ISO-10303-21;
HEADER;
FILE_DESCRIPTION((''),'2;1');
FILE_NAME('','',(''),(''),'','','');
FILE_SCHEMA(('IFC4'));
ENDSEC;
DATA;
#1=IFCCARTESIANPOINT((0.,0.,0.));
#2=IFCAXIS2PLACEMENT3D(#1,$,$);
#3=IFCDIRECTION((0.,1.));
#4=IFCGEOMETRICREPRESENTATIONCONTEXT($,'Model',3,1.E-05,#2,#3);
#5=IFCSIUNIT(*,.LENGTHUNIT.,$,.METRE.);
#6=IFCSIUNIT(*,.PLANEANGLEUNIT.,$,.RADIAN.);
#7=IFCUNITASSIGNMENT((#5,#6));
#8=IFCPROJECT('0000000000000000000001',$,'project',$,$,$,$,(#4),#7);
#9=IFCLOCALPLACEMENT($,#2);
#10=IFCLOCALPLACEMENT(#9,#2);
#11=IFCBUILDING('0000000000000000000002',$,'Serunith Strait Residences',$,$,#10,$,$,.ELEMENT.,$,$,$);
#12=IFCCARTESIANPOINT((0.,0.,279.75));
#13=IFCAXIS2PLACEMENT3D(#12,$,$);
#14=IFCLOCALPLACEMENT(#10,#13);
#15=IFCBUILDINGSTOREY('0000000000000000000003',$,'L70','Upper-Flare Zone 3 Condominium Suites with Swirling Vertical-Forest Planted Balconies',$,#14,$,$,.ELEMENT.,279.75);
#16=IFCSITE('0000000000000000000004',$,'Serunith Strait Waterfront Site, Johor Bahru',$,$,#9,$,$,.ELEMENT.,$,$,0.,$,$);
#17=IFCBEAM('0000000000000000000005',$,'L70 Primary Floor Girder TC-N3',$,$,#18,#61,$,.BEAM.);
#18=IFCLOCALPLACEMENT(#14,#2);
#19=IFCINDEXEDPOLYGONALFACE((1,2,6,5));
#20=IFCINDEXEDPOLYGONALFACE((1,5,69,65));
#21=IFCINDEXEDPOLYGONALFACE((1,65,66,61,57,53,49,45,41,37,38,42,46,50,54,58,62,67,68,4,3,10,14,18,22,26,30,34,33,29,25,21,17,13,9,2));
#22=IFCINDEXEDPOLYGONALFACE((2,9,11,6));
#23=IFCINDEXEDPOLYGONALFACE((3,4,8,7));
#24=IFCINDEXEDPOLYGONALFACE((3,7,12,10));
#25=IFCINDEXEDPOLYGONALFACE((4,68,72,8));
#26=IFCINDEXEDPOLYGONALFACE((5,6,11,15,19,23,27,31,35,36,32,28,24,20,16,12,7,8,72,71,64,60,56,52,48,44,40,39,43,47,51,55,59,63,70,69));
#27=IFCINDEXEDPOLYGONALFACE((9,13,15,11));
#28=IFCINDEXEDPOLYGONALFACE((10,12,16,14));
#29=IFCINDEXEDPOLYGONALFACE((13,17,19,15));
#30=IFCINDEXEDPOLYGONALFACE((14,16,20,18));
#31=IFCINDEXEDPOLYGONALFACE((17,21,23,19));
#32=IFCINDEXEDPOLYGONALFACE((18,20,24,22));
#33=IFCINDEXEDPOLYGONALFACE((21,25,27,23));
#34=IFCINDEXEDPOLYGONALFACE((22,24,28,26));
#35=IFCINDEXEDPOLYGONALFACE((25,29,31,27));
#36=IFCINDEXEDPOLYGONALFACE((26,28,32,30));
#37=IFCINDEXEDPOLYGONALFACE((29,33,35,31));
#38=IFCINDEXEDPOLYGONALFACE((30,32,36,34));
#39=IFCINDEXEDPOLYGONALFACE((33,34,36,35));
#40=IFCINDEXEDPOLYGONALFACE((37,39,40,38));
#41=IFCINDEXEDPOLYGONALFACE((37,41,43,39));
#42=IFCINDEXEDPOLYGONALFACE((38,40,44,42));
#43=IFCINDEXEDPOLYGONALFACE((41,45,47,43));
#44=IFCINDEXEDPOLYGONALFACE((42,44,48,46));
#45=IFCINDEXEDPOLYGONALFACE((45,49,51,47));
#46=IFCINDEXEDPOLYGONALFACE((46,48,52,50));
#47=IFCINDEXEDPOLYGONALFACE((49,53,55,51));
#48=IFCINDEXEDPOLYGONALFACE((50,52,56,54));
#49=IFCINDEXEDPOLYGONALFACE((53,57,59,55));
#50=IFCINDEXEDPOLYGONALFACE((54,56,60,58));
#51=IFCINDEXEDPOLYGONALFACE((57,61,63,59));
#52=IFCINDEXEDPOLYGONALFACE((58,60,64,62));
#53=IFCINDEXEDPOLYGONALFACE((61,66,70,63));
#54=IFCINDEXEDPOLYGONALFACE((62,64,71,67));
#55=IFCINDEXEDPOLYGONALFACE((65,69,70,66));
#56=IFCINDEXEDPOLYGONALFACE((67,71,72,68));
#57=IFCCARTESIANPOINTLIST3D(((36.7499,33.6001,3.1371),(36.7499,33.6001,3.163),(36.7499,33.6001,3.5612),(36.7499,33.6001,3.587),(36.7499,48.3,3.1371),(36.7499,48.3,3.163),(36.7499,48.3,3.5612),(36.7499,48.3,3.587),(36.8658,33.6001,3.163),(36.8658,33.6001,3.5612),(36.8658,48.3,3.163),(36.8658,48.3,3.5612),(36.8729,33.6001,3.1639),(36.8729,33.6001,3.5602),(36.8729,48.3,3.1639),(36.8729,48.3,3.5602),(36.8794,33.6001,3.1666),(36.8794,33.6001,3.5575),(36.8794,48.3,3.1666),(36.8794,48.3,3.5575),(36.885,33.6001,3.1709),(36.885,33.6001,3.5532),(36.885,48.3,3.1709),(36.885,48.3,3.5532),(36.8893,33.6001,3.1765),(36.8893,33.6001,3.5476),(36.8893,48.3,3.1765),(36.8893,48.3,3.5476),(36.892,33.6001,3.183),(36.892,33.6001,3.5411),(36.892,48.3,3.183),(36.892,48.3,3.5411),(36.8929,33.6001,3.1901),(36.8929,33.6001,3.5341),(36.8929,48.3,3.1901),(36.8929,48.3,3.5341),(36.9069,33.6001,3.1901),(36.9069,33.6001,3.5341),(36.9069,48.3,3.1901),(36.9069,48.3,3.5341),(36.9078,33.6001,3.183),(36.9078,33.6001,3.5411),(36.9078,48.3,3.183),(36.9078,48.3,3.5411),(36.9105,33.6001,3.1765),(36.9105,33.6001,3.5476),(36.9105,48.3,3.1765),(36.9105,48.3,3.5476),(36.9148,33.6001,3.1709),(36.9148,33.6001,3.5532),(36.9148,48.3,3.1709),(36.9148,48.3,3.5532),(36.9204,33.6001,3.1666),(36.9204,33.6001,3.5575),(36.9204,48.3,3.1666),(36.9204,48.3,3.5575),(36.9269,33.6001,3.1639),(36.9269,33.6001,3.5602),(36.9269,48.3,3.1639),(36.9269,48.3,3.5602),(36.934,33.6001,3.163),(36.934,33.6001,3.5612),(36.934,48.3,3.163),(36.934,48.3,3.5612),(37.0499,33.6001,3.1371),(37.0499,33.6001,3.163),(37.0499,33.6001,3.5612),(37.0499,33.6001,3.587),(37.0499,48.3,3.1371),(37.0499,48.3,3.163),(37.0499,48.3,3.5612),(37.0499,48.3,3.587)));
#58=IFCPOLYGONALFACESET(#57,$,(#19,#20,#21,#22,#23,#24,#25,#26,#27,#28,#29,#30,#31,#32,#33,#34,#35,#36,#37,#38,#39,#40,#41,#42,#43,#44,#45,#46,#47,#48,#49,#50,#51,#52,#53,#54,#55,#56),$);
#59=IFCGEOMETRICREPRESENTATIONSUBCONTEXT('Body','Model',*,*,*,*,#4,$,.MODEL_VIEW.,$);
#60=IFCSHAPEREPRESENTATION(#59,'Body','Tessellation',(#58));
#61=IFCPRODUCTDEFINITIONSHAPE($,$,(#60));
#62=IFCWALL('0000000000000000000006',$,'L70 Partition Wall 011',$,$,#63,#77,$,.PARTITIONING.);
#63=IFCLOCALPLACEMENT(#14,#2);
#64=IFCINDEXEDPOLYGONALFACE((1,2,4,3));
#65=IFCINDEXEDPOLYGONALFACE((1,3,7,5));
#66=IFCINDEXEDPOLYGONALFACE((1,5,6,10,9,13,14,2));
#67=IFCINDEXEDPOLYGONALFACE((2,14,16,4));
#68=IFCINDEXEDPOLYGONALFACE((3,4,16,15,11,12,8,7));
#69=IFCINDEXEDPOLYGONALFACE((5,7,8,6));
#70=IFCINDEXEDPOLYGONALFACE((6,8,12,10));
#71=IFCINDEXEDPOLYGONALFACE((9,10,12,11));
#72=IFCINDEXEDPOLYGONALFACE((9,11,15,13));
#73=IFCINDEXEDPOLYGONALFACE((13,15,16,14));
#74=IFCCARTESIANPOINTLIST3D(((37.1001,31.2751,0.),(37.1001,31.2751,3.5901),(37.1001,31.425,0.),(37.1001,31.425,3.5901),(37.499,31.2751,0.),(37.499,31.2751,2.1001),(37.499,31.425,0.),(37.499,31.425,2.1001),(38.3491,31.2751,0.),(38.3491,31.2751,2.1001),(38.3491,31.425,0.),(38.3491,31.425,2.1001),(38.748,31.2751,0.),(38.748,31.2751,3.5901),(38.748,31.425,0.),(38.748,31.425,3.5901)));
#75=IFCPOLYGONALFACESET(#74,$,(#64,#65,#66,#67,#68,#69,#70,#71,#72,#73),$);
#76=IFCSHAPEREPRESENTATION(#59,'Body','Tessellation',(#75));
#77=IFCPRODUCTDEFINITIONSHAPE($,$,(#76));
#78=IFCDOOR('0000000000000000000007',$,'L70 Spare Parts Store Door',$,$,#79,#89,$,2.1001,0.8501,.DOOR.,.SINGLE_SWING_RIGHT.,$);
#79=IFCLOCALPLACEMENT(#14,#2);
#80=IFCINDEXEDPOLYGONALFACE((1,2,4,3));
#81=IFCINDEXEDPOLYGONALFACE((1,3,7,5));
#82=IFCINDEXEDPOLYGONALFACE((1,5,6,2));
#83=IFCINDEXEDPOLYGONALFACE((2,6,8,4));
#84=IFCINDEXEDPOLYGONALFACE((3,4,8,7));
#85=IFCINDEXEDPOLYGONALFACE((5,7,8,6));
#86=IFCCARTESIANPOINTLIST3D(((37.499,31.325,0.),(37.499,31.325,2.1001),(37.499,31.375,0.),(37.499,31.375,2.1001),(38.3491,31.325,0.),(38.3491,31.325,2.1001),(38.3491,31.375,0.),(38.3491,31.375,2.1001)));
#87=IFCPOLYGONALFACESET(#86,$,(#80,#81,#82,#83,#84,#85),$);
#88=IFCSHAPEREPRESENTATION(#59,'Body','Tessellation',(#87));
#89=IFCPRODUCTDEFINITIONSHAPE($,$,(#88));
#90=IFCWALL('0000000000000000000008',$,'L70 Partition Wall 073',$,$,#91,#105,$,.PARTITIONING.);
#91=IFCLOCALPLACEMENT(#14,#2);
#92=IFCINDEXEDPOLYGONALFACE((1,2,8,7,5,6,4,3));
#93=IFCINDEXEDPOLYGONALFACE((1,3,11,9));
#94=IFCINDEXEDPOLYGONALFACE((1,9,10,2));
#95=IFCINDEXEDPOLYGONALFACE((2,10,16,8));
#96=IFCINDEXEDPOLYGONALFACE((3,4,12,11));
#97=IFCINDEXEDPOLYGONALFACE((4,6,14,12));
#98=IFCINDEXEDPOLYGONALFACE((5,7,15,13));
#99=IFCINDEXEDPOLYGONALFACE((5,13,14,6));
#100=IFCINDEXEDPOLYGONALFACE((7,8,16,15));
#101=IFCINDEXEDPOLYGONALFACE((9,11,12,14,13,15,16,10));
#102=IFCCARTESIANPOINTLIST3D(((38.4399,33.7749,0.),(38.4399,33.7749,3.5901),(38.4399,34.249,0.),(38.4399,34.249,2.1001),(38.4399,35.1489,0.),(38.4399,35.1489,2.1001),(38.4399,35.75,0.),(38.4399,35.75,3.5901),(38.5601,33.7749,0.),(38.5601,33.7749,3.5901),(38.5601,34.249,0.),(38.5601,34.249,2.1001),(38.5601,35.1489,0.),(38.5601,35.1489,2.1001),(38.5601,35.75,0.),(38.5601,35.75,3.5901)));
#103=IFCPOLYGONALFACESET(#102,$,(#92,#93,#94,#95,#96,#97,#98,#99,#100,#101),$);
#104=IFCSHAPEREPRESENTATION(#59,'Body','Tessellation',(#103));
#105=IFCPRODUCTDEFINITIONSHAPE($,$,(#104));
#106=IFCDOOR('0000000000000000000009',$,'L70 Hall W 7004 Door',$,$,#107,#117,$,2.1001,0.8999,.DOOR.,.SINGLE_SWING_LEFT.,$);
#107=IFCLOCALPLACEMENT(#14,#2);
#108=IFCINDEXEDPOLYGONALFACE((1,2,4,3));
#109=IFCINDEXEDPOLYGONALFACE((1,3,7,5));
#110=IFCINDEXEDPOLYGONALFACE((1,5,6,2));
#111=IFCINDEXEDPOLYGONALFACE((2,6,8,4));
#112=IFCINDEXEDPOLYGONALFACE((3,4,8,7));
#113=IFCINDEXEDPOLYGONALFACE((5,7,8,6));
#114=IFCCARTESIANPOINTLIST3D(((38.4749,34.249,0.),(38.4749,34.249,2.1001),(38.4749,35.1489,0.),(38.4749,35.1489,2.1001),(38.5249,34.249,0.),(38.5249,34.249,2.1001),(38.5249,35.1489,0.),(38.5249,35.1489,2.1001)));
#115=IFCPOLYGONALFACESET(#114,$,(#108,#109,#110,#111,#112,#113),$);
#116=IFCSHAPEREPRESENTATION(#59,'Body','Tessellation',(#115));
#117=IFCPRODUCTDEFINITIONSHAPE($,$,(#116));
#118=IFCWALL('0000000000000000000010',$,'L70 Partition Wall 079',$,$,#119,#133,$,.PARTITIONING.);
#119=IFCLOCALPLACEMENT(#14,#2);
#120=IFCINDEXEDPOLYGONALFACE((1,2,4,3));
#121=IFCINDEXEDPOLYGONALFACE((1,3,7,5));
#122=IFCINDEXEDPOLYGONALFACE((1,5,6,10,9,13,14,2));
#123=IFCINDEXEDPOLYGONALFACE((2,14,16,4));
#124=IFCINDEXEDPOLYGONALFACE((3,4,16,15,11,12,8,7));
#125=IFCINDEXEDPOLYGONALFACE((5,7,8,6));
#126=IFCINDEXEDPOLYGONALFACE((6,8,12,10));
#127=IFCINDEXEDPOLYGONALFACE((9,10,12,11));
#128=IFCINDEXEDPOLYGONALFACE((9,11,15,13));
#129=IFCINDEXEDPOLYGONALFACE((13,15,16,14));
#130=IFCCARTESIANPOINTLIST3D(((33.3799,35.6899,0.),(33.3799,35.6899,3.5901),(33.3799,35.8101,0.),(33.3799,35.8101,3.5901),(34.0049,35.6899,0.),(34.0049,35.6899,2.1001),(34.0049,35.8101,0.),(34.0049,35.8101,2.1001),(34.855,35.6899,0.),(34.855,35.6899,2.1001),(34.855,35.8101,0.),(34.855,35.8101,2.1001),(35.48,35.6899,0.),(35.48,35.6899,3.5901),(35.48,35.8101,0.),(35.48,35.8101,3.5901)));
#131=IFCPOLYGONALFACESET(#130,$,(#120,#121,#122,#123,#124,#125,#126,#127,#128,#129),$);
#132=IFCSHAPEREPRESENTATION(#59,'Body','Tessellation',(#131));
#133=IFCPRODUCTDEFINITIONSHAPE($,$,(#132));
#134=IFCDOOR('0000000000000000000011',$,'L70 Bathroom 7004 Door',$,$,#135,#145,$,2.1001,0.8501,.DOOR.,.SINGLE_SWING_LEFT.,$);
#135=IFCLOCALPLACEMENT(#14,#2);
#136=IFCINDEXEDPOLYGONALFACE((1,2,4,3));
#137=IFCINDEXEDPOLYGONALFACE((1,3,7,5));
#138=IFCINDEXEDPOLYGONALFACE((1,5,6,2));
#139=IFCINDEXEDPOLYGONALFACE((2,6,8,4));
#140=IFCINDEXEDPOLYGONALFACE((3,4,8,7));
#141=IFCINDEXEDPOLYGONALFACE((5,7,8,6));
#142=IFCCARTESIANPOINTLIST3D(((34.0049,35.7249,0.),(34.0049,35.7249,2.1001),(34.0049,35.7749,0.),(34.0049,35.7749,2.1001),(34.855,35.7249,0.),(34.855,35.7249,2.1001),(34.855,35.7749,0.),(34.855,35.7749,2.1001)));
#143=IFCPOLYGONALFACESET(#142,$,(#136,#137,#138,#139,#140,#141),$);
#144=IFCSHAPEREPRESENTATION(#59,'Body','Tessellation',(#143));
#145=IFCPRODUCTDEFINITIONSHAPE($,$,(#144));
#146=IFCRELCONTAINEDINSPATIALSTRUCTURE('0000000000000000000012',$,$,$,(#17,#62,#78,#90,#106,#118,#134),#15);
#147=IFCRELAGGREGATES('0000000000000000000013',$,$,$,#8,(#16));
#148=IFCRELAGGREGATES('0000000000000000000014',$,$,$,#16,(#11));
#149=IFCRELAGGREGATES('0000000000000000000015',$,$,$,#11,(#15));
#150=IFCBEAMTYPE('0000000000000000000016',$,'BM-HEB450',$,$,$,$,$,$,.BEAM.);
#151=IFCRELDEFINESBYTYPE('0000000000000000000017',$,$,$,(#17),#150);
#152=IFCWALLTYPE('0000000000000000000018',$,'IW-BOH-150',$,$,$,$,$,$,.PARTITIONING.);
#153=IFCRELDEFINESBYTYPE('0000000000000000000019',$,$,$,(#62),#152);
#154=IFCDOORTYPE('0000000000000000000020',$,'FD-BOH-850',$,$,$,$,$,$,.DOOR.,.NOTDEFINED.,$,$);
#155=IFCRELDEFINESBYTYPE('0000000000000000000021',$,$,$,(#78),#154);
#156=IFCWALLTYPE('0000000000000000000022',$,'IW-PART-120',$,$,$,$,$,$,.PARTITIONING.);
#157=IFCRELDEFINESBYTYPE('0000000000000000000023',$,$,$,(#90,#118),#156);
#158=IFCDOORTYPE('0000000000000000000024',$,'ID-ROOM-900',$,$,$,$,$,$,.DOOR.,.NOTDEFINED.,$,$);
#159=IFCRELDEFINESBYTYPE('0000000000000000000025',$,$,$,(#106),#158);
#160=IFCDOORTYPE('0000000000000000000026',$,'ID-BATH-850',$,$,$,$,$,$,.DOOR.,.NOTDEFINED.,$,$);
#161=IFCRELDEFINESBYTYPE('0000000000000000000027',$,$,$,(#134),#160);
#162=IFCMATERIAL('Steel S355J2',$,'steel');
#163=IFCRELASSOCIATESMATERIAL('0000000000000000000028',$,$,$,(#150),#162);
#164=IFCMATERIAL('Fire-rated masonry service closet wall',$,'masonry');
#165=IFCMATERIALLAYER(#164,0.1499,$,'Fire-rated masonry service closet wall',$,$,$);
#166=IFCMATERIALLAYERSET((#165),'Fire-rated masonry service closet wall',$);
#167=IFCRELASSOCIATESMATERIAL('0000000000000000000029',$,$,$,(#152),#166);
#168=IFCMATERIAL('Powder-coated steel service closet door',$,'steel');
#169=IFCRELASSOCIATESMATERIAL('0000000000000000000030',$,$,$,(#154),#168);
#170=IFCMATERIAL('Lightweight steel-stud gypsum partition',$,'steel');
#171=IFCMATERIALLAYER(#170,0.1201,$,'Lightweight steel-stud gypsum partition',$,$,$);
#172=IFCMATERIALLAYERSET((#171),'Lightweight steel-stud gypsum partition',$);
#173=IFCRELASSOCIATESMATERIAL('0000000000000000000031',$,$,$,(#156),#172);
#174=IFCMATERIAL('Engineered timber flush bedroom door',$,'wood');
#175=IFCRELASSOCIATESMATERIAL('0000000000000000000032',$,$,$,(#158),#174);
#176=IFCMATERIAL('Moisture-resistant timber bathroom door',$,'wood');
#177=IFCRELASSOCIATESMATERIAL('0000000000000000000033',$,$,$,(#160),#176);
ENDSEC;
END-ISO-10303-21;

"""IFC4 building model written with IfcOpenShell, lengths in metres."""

from ifc_helpers import new_model, si_unit, direction, frame, frame_2d, origin, origin_2d, place, context, subcontext, project, spatial, rectangle, i_section, extrude, source, transform, mapped, material, layer, layer_set, material_profile, profile_set, type_object, element, fill, save


model = new_model("IFC4")

# Units and contexts
model_context = context("Model", 3, precision=1e-05, world=origin(), true_north=direction((0.0, 1.0)))
body_context = subcontext(model_context, "Body", "Model", "MODEL_VIEW")
ifc_project = project(units=[si_unit("LENGTHUNIT", "METRE"), si_unit("PLANEANGLEUNIT", "RADIAN")], contexts=[model_context])

# Site, building, storey
site_placement = place(None, origin())
site = spatial("IfcSite", under=ifc_project, at=site_placement, Name="Serunith Strait Waterfront Site, Johor Bahru", CompositionType="ELEMENT", RefElevation=0.0)
building_placement = place(site_placement, origin())
building = spatial("IfcBuilding", under=site, at=building_placement, Name="Serunith Strait Residences", CompositionType="ELEMENT")
storey_placement = place(building_placement, frame((0.0, 0.0, 279.75)))
storey = spatial("IfcBuildingStorey", under=building, at=storey_placement, Name="L70", Description="Upper-Flare Zone 3 Condominium Suites with Swirling Vertical-Forest Planted Balconies", CompositionType="ELEMENT", Elevation=279.75)

# Beam
ifc_material_1 = material(Name="Steel S355J2", Category="steel")
ifc_material_profile = material_profile(ifc_material_1, i_section(OverallWidth=0.3, OverallDepth=0.45, WebThickness=0.0139, FlangeThickness=0.0259, FilletRadius=0.0271, at=origin_2d()), Name="HEB 450")
ifc_profile_set = profile_set([ifc_material_profile], Name="Steel S355J2")
beam_type = type_object("IfcBeamType", Name="BM-HEB450", PredefinedType="BEAM", material=ifc_profile_set)
shared_shape_1 = source(origin(), body_context, "Body", "SweptSolid", [
    extrude(i_section(OverallWidth=0.3, OverallDepth=0.45, WebThickness=0.0139, FlangeThickness=0.0259, FilletRadius=0.0271, at=origin_2d()), origin(), (0.0, 0.0, 1.0), 14.7),
])
beam_placement = place(storey_placement, frame((36.8999, 33.6001, 3.3621), z_axis=(0.0, 1.0, 0.0), x_axis=(-1.0, 0.0, 0.0)))
element("IfcBeam", 1, at=beam_placement, inside=storey, type_object=beam_type, Name="L70 Primary Floor Girder TC-N3", PredefinedType="BEAM", context=body_context, shape_type="MappedRepresentation", body=[
    mapped(shared_shape_1, transform((0.0, 0.0, 0.0), scale=1.0)),
])

# Walls, openings, doors
ifc_material_2 = material(Name="Fire-rated masonry service closet wall", Category="masonry")
ifc_layer_1 = layer(ifc_material_2, 0.1499, Name="Fire-rated masonry service closet wall")
ifc_layer_set_1 = layer_set([ifc_layer_1], Name="Fire-rated masonry service closet wall")
wall_type_1 = type_object("IfcWallType", Name="IW-BOH-150", PredefinedType="PARTITIONING", material=ifc_layer_set_1)
wall_1_placement = place(storey_placement, frame((37.1001, 31.3501, 0.0), z_axis=(0.0, 0.0, 1.0), x_axis=(1.0, 0.0, 0.0)))
wall_1 = element("IfcWall", 2, at=wall_1_placement, inside=storey, type_object=wall_type_1, Name="L70 Partition Wall 011", PredefinedType="PARTITIONING", context=body_context, shape_type="SweptSolid", body=[
    extrude(rectangle(XDim=1.6479, YDim=0.1499, at=frame_2d((0.824, 0.0))), origin(), (0.0, 0.0, 1.0), 3.5901),
])
opening_1_placement = place(wall_1_placement, frame((0.3989, 0.0, 0.0)))
opening_1 = element("IfcOpeningElement", 3, at=opening_1_placement, cuts=wall_1, PredefinedType="OPENING", context=body_context, shape_type="SweptSolid", body=[
    extrude(rectangle(XDim=0.8501, YDim=2.1001, at=frame_2d((0.425, 1.05))), frame((0.0, 0.085, 0.0), z_axis=(0.0, -1.0, 0.0), x_axis=(1.0, 0.0, 0.0)), (0.0, 0.0, 1.0), 0.1699),
])
ifc_material_3 = material(Name="Powder-coated steel service closet door", Category="steel")
door_type_1 = type_object("IfcDoorType", Name="FD-BOH-850", OperationType="NOTDEFINED", PredefinedType="DOOR", material=ifc_material_3)
shared_shape_2 = source(origin(), body_context, "Body", "SweptSolid", [
    extrude(rectangle(XDim=0.8501, YDim=2.1001, at=frame_2d((0.425, 1.05))), frame((0.0, 0.0249, 0.0), z_axis=(0.0, -1.0, 0.0), x_axis=(1.0, 0.0, 0.0)), (0.0, 0.0, 1.0), 0.05),
])
door_1_placement = place(opening_1_placement, origin())
door_1 = element("IfcDoor", 4, at=door_1_placement, inside=storey, type_object=door_type_1, Name="L70 Spare Parts Store Door", OperationType="SINGLE_SWING_RIGHT", OverallHeight=2.1001, OverallWidth=0.8501, PredefinedType="DOOR", context=body_context, shape_type="MappedRepresentation", body=[
    mapped(shared_shape_2, transform((0.0, 0.0, 0.0), scale=1.0)),
])
fill(opening_1, door_1)
ifc_material_4 = material(Name="Lightweight steel-stud gypsum partition", Category="steel")
ifc_layer_2 = layer(ifc_material_4, 0.1201, Name="Lightweight steel-stud gypsum partition")
ifc_layer_set_2 = layer_set([ifc_layer_2], Name="Lightweight steel-stud gypsum partition")
wall_type_2 = type_object("IfcWallType", Name="IW-PART-120", PredefinedType="PARTITIONING", material=ifc_layer_set_2)
wall_2_placement = place(storey_placement, frame((38.5, 35.75, 0.0), z_axis=(0.0, 0.0, 1.0), x_axis=(0.0, -1.0, 0.0)))
wall_2 = element("IfcWall", 5, at=wall_2_placement, inside=storey, type_object=wall_type_2, Name="L70 Partition Wall 073", PredefinedType="PARTITIONING", context=body_context, shape_type="SweptSolid", body=[
    extrude(rectangle(XDim=1.9751, YDim=0.1201, at=frame_2d((0.9875, 0.0))), origin(), (0.0, 0.0, 1.0), 3.5901),
])
opening_2_placement = place(wall_2_placement, frame((0.6011, 0.0, 0.0)))
opening_2 = element("IfcOpeningElement", 6, at=opening_2_placement, cuts=wall_2, PredefinedType="OPENING", context=body_context, shape_type="SweptSolid", body=[
    extrude(rectangle(XDim=0.8999, YDim=2.1001, at=frame_2d((0.45, 1.05))), frame((0.0, 0.0701, 0.0), z_axis=(0.0, -1.0, 0.0), x_axis=(1.0, 0.0, 0.0)), (0.0, 0.0, 1.0), 0.1401),
])
ifc_material_5 = material(Name="Engineered timber flush bedroom door", Category="wood")
door_type_2 = type_object("IfcDoorType", Name="ID-ROOM-900", OperationType="NOTDEFINED", PredefinedType="DOOR", material=ifc_material_5)
shared_shape_3 = source(origin(), body_context, "Body", "SweptSolid", [
    extrude(rectangle(XDim=0.8999, YDim=2.1001, at=frame_2d((0.45, 1.05))), frame((0.0, 0.0249, 0.0), z_axis=(0.0, -1.0, 0.0), x_axis=(1.0, 0.0, 0.0)), (0.0, 0.0, 1.0), 0.05),
])
door_2_placement = place(opening_2_placement, origin())
door_2 = element("IfcDoor", 7, at=door_2_placement, inside=storey, type_object=door_type_2, Name="L70 Hall W 7004 Door", OperationType="SINGLE_SWING_LEFT", OverallHeight=2.1001, OverallWidth=0.8999, PredefinedType="DOOR", context=body_context, shape_type="MappedRepresentation", body=[
    mapped(shared_shape_3, transform((0.0, 0.0, 0.0), scale=1.0)),
])
fill(opening_2, door_2)
wall_3_placement = place(storey_placement, frame((33.3799, 35.75, 0.0), z_axis=(0.0, 0.0, 1.0), x_axis=(1.0, 0.0, 0.0)))
wall_3 = element("IfcWall", 8, at=wall_3_placement, inside=storey, type_object=wall_type_2, Name="L70 Partition Wall 079", PredefinedType="PARTITIONING", context=body_context, shape_type="SweptSolid", body=[
    extrude(rectangle(XDim=2.1001, YDim=0.1201, at=frame_2d((1.05, 0.0))), origin(), (0.0, 0.0, 1.0), 3.5901),
])
opening_3_placement = place(wall_3_placement, frame((0.625, 0.0, 0.0)))
opening_3 = element("IfcOpeningElement", 9, at=opening_3_placement, cuts=wall_3, PredefinedType="OPENING", context=body_context, shape_type="SweptSolid", body=[
    extrude(rectangle(XDim=0.8501, YDim=2.1001, at=frame_2d((0.425, 1.05))), frame((0.0, 0.0701, 0.0), z_axis=(0.0, -1.0, 0.0), x_axis=(1.0, 0.0, 0.0)), (0.0, 0.0, 1.0), 0.1401),
])
ifc_material_6 = material(Name="Moisture-resistant timber bathroom door", Category="wood")
door_type_3 = type_object("IfcDoorType", Name="ID-BATH-850", OperationType="NOTDEFINED", PredefinedType="DOOR", material=ifc_material_6)
door_3_placement = place(opening_3_placement, origin())
door_3 = element("IfcDoor", 10, at=door_3_placement, inside=storey, type_object=door_type_3, Name="L70 Bathroom 7004 Door", OperationType="SINGLE_SWING_LEFT", OverallHeight=2.1001, OverallWidth=0.8501, PredefinedType="DOOR", context=body_context, shape_type="MappedRepresentation", body=[
    mapped(shared_shape_2, transform((0.0, 0.0, 0.0), scale=1.0)),
])
fill(opening_3, door_3)

save(model, "model.ifc")
